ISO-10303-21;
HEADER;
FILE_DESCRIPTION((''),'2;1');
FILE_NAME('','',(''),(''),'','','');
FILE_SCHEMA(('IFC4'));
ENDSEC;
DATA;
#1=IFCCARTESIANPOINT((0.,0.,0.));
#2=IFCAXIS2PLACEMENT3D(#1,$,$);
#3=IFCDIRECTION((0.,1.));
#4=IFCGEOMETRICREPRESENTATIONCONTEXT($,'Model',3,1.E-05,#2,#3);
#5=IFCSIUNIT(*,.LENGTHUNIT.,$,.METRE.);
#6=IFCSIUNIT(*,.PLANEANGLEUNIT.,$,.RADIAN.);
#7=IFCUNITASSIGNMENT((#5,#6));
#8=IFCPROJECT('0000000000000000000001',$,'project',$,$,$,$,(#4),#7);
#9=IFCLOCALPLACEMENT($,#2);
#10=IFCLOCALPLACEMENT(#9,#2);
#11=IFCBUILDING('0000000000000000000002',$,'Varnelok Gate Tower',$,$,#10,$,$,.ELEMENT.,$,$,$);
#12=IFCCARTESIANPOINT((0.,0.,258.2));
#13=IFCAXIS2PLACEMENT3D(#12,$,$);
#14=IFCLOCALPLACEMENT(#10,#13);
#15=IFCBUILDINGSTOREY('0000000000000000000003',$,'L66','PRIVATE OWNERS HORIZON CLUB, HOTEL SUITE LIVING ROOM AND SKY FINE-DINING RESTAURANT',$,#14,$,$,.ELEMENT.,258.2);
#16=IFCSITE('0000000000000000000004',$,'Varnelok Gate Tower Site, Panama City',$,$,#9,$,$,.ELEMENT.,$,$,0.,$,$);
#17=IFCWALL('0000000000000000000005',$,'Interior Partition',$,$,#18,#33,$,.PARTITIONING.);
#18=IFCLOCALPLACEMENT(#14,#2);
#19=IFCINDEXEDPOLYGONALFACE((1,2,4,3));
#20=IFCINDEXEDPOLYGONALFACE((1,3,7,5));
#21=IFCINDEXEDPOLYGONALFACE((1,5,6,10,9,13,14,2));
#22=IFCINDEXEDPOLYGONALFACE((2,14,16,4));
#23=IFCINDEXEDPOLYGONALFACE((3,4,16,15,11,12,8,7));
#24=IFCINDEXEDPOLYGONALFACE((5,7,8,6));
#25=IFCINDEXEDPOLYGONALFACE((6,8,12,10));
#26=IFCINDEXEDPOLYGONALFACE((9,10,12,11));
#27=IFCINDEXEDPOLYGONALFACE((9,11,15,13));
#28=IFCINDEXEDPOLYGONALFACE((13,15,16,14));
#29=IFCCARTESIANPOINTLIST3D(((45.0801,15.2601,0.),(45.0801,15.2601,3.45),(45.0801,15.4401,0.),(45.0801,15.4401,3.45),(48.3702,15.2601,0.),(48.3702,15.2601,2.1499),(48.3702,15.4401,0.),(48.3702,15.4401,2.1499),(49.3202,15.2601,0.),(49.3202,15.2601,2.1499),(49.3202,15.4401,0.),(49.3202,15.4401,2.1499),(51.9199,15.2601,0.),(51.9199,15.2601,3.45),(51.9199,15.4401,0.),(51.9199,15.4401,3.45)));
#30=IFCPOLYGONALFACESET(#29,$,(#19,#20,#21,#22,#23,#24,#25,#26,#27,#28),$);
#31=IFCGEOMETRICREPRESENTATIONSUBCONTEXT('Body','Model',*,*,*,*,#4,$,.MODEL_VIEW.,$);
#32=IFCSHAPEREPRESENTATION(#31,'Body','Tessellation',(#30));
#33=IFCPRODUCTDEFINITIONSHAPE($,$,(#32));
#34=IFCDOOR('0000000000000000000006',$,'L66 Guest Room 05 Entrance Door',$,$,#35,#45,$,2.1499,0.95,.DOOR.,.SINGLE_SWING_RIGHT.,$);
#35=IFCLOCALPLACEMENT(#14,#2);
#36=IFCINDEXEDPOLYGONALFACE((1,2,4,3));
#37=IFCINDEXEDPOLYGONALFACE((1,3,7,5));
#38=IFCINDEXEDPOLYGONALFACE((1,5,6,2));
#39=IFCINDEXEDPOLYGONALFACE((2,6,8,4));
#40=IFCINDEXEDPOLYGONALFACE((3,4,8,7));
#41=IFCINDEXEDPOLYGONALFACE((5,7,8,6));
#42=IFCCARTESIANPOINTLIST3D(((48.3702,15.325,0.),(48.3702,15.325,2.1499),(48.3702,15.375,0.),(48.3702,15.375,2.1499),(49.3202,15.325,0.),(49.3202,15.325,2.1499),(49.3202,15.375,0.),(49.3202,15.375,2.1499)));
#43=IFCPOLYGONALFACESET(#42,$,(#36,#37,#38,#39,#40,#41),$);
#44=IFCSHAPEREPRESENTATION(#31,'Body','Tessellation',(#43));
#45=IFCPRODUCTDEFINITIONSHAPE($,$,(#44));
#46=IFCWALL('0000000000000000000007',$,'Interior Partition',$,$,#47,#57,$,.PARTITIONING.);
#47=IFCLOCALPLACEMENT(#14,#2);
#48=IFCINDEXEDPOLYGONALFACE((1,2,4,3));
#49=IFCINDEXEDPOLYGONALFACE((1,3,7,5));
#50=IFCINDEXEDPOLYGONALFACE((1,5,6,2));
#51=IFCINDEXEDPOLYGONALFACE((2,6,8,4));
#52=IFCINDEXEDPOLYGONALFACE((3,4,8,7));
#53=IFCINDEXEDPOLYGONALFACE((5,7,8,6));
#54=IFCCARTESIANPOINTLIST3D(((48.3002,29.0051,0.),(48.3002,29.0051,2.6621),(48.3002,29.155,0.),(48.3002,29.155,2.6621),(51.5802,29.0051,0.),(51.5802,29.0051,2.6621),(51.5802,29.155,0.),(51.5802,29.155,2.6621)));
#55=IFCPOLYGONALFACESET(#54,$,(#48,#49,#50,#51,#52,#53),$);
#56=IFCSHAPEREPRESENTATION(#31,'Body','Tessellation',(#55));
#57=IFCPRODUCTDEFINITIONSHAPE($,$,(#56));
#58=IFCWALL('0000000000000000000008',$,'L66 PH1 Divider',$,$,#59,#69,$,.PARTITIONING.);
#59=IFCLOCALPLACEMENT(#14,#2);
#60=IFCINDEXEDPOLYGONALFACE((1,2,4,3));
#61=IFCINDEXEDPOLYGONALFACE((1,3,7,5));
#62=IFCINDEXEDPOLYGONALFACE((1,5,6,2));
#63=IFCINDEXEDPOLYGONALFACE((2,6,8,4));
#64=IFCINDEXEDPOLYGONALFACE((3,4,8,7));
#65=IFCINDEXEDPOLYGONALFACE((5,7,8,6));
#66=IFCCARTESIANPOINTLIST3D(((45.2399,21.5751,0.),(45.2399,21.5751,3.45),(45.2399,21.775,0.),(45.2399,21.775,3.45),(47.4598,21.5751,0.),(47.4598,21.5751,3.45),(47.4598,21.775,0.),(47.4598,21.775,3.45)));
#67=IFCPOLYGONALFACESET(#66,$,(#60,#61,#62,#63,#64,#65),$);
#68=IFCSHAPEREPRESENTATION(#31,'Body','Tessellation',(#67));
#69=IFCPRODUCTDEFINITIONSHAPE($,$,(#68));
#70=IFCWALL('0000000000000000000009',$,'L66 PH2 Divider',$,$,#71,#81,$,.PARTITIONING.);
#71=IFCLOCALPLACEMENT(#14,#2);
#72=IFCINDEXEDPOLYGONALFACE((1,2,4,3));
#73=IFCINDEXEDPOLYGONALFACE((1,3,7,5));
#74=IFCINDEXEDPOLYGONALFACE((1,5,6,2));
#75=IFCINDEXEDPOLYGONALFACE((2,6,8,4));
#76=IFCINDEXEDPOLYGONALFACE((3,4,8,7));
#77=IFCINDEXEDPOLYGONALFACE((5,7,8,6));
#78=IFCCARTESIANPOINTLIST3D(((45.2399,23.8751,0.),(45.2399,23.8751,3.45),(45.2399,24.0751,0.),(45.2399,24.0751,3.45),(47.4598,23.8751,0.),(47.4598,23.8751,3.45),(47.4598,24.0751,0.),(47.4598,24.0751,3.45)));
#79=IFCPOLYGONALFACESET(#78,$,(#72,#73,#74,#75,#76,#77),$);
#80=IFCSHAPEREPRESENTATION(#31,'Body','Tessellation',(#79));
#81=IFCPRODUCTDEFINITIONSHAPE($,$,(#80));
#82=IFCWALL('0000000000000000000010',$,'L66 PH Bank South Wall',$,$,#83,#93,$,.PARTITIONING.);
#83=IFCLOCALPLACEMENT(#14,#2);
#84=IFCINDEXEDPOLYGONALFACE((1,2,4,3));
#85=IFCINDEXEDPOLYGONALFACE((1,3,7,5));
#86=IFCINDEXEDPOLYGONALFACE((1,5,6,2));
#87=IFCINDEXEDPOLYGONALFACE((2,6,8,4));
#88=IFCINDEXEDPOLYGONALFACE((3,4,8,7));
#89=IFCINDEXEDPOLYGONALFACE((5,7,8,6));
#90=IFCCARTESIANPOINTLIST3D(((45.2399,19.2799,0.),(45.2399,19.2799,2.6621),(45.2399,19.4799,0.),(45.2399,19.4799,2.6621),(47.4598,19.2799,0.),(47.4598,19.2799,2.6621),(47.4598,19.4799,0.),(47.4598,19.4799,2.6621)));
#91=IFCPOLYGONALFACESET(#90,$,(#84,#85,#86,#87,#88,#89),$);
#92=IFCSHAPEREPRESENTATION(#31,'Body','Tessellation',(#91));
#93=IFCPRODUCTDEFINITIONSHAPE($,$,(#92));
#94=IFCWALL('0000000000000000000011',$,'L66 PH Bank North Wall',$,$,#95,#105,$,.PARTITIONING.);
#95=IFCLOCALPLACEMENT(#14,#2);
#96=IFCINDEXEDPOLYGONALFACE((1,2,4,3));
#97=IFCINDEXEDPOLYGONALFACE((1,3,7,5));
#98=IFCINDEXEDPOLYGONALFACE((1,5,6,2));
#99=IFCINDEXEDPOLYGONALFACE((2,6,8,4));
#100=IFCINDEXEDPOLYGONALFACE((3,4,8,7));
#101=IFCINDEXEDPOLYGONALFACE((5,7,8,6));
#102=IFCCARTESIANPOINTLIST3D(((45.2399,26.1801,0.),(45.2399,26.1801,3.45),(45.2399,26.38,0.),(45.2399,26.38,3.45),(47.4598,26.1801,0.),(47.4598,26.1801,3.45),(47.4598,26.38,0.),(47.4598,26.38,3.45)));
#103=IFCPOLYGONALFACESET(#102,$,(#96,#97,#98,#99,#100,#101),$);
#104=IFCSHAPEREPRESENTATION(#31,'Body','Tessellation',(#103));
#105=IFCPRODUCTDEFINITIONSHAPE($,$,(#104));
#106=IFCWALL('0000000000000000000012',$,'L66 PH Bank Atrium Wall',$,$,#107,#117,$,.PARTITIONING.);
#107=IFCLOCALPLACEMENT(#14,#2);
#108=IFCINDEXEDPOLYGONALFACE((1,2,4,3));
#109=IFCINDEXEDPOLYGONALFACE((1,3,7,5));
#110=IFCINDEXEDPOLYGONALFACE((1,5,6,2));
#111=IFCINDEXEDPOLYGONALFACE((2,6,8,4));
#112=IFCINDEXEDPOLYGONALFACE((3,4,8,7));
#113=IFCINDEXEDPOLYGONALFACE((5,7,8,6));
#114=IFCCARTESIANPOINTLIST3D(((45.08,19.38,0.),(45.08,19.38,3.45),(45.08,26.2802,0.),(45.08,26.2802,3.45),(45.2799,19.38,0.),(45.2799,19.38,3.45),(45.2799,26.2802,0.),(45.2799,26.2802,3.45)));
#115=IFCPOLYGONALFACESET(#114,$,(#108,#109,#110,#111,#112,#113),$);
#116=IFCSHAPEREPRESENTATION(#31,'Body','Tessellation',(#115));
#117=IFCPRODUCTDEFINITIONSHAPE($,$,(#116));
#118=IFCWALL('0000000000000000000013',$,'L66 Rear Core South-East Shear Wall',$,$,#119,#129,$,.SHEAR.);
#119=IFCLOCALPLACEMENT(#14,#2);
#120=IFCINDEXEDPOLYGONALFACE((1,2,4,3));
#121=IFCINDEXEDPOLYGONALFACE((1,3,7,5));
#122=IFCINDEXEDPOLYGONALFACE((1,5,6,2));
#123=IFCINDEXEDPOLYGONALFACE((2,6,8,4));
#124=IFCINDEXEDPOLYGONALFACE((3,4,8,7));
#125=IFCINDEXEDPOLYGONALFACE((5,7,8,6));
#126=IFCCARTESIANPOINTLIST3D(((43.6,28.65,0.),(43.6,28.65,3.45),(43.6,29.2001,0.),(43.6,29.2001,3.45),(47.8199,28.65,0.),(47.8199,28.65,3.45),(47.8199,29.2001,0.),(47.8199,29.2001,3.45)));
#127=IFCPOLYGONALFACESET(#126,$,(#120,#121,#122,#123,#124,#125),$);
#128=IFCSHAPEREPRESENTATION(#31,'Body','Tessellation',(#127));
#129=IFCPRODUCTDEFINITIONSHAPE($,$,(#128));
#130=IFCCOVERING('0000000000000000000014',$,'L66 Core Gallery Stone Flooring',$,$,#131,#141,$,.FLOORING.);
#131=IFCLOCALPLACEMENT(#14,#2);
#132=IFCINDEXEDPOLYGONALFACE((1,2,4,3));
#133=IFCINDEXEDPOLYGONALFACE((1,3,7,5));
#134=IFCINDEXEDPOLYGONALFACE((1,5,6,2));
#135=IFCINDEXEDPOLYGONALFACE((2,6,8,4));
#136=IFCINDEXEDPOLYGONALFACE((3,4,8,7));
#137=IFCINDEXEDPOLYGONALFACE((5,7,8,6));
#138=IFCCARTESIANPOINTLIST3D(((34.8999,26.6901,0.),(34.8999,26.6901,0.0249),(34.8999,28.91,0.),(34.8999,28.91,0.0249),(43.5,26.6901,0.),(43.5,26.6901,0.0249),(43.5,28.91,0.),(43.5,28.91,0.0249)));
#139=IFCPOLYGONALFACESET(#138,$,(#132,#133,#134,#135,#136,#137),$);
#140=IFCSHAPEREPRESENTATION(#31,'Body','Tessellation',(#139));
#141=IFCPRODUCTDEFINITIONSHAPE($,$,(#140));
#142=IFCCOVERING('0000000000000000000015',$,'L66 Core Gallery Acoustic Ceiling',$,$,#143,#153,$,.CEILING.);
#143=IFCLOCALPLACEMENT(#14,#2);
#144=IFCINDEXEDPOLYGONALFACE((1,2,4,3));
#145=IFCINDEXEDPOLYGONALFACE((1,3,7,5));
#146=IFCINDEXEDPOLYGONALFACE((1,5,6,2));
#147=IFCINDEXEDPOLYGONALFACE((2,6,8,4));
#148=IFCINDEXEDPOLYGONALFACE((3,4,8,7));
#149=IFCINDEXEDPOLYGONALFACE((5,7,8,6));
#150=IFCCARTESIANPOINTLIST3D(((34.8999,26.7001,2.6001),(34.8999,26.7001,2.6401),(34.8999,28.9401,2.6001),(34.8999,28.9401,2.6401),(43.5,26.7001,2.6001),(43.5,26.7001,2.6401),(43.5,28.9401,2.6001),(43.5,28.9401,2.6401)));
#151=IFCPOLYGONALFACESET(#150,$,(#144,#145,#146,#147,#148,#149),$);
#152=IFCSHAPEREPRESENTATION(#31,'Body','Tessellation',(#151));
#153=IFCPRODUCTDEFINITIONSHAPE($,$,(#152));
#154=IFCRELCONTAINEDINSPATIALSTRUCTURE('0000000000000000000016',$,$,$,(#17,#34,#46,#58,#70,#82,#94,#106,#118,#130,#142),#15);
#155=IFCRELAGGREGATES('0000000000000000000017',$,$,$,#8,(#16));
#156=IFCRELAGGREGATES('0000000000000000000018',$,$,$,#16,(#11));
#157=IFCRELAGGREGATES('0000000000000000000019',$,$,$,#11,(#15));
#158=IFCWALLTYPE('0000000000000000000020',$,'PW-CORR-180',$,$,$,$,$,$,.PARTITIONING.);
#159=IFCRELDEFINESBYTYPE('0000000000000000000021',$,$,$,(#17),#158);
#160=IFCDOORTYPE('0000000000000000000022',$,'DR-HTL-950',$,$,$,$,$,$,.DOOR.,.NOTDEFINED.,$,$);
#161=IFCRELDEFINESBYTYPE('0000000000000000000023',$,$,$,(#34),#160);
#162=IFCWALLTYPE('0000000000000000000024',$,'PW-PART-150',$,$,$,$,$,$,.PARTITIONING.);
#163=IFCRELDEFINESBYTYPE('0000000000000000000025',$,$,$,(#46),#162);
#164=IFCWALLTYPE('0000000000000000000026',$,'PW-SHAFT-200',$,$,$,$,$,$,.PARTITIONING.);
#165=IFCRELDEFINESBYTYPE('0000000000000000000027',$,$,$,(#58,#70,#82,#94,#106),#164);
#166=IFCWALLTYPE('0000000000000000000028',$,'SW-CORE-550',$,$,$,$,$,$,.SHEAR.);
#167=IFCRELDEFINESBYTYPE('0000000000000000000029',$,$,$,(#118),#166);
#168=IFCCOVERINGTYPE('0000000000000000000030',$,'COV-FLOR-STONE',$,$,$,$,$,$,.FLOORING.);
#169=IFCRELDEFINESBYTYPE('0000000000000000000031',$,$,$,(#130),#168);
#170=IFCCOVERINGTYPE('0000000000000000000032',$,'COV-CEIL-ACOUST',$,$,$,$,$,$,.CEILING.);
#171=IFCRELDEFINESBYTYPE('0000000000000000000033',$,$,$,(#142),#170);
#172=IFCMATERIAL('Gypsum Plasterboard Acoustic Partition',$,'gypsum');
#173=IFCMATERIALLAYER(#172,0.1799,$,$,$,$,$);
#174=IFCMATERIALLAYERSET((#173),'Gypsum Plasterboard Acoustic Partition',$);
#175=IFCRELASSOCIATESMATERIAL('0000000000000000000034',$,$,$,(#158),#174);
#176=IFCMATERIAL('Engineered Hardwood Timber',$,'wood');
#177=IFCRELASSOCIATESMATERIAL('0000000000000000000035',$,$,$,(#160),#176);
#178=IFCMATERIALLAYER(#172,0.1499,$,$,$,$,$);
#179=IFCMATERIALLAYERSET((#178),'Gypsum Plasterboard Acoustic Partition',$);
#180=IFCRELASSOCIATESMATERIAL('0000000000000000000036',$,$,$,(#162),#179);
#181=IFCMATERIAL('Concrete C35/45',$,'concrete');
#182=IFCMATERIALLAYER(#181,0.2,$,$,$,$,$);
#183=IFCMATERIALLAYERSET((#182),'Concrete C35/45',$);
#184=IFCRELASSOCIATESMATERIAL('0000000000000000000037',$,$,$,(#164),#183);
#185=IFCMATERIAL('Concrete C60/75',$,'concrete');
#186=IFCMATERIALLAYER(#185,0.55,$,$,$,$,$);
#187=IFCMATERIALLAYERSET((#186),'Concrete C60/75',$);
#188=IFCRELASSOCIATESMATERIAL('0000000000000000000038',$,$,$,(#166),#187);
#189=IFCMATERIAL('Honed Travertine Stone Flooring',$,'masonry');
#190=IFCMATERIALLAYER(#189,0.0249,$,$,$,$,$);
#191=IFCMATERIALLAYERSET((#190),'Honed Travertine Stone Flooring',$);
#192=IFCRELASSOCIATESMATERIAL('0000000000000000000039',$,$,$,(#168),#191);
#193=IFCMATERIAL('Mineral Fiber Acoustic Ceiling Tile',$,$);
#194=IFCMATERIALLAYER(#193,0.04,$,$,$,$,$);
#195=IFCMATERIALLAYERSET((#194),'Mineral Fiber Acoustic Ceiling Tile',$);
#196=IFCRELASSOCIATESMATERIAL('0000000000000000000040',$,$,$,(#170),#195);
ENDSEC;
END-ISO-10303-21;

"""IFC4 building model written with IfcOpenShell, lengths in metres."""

from ifc_helpers import new_model, si_unit, direction, frame, frame_2d, origin, origin_2d, place, context, subcontext, project, spatial, rectangle, extrude, source, transform, mapped, material, layer, layer_set, type_object, element, fill, save


model = new_model("IFC4")

# Units and contexts
model_context = context("Model", 3, precision=1e-05, world=origin(), true_north=direction((0.0, 1.0)))
body_context = subcontext(model_context, "Body", "Model", "MODEL_VIEW")
ifc_project = project(units=[si_unit("LENGTHUNIT", "METRE"), si_unit("PLANEANGLEUNIT", "RADIAN")], contexts=[model_context])

# Site, building, storey
site_placement = place(None, origin())
site = spatial("IfcSite", under=ifc_project, at=site_placement, Name="Varnelok Gate Tower Site, Panama City", CompositionType="ELEMENT", RefElevation=0.0)
building_placement = place(site_placement, origin())
building = spatial("IfcBuilding", under=site, at=building_placement, Name="Varnelok Gate Tower", CompositionType="ELEMENT")
storey_placement = place(building_placement, frame((0.0, 0.0, 258.2)))
storey = spatial("IfcBuildingStorey", under=building, at=storey_placement, Name="L66", Description="PRIVATE OWNERS HORIZON CLUB, HOTEL SUITE LIVING ROOM AND SKY FINE-DINING RESTAURANT", CompositionType="ELEMENT", Elevation=258.2)

# Wall, opening, door
ifc_material_1 = material(Name="Gypsum Plasterboard Acoustic Partition", Category="gypsum")
ifc_layer_1 = layer(ifc_material_1, 0.1799)
ifc_layer_set_1 = layer_set([ifc_layer_1], Name="Gypsum Plasterboard Acoustic Partition")
wall_type_1 = type_object("IfcWallType", Name="PW-CORR-180", PredefinedType="PARTITIONING", material=ifc_layer_set_1)
wall_1_placement = place(storey_placement, frame((45.0801, 15.3501, 0.0), z_axis=(0.0, 0.0, 1.0), x_axis=(1.0, 0.0, 0.0)))
wall_1 = element("IfcWall", 1, at=wall_1_placement, inside=storey, type_object=wall_type_1, Name="Interior Partition", PredefinedType="PARTITIONING", context=body_context, shape_type="SweptSolid", body=[
    extrude(rectangle(XDim=6.8398, YDim=0.1799, at=frame_2d((3.4199, 0.0))), origin(), (0.0, 0.0, 1.0), 3.45),
])
opening_1_placement = place(wall_1_placement, frame((3.29, 0.0, 0.0)))
opening_1 = element("IfcOpeningElement", 2, at=opening_1_placement, cuts=wall_1, PredefinedType="OPENING", context=body_context, shape_type="SweptSolid", body=[
    extrude(rectangle(XDim=0.95, YDim=2.1499, at=frame_2d((0.4751, 1.075))), frame((0.0, 0.0999, 0.0), z_axis=(0.0, -1.0, 0.0), x_axis=(1.0, 0.0, 0.0)), (0.0, 0.0, 1.0), 0.2),
])
ifc_material_2 = material(Name="Engineered Hardwood Timber", Category="wood")
door_type_1 = type_object("IfcDoorType", Name="DR-HTL-950", OperationType="NOTDEFINED", PredefinedType="DOOR", material=ifc_material_2)
door_1_placement = place(opening_1_placement, origin())
door_1 = element("IfcDoor", 3, at=door_1_placement, inside=storey, type_object=door_type_1, Name="L66 Guest Room 05 Entrance Door", OperationType="SINGLE_SWING_RIGHT", OverallHeight=2.1499, OverallWidth=0.95, PredefinedType="DOOR", context=body_context, shape_type="SweptSolid", body=[
    extrude(rectangle(XDim=0.95, YDim=2.1499, at=frame_2d((0.4751, 1.075))), frame((0.0, 0.0249, 0.0), z_axis=(0.0, -1.0, 0.0), x_axis=(1.0, 0.0, 0.0)), (0.0, 0.0, 1.0), 0.05),
])
fill(opening_1, door_1)

# Walls
ifc_layer_2 = layer(ifc_material_1, 0.1499)
ifc_layer_set_2 = layer_set([ifc_layer_2], Name="Gypsum Plasterboard Acoustic Partition")
wall_type_2 = type_object("IfcWallType", Name="PW-PART-150", PredefinedType="PARTITIONING", material=ifc_layer_set_2)
wall_2_placement = place(storey_placement, frame((48.3, 29.0801, 0.0), z_axis=(0.0, 0.0, 1.0), x_axis=(1.0, 0.0, 0.0)))
element("IfcWall", 4, at=wall_2_placement, inside=storey, type_object=wall_type_2, Name="Interior Partition", PredefinedType="PARTITIONING", context=body_context, shape_type="SweptSolid", body=[
    extrude(rectangle(XDim=3.28, YDim=0.1499, at=frame_2d((1.6401, 0.0))), origin(), (0.0, 0.0, 1.0), 2.6621),
])
ifc_material_3 = material(Name="Concrete C35/45", Category="concrete")
ifc_layer_3 = layer(ifc_material_3, 0.2)
ifc_layer_set_3 = layer_set([ifc_layer_3], Name="Concrete C35/45")
wall_type_3 = type_object("IfcWallType", Name="PW-SHAFT-200", PredefinedType="PARTITIONING", material=ifc_layer_set_3)
for number, where, z_axis, x_axis, name in (
    (5, (45.24, 21.675, 0.0), (0.0, 0.0, 1.0), (1.0, 0.0, 0.0), "L66 PH1 Divider"),
    (6, (45.24, 23.9751, 0.0), (0.0, 0.0, 1.0), (1.0, 0.0, 0.0), "L66 PH2 Divider"),
):
    element("IfcWall", number, at=place(storey_placement, frame(where, z_axis=z_axis, x_axis=x_axis)), inside=storey, type_object=wall_type_3, Name=name, PredefinedType="PARTITIONING", context=body_context, shape_type="SweptSolid", body=[
        extrude(rectangle(XDim=2.22, YDim=0.2, at=frame_2d((1.1099, 0.0))), origin(), (0.0, 0.0, 1.0), 3.45),
    ])
wall_3_placement = place(storey_placement, frame((45.24, 19.3799, 0.0), z_axis=(0.0, 0.0, 1.0), x_axis=(1.0, 0.0, 0.0)))
element("IfcWall", 7, at=wall_3_placement, inside=storey, type_object=wall_type_3, Name="L66 PH Bank South Wall", PredefinedType="PARTITIONING", context=body_context, shape_type="SweptSolid", body=[
    extrude(rectangle(XDim=2.22, YDim=0.2, at=frame_2d((1.1099, 0.0))), origin(), (0.0, 0.0, 1.0), 2.6621),
])
wall_4_placement = place(storey_placement, frame((45.24, 26.28, 0.0), z_axis=(0.0, 0.0, 1.0), x_axis=(1.0, 0.0, 0.0)))
element("IfcWall", 8, at=wall_4_placement, inside=storey, type_object=wall_type_3, Name="L66 PH Bank North Wall", PredefinedType="PARTITIONING", context=body_context, shape_type="SweptSolid", body=[
    extrude(rectangle(XDim=2.22, YDim=0.2, at=frame_2d((1.1099, 0.0))), origin(), (0.0, 0.0, 1.0), 3.45),
])
wall_5_placement = place(storey_placement, frame((45.1799, 19.3799, 0.0), z_axis=(0.0, 0.0, 1.0), x_axis=(0.0, 1.0, 0.0)))
element("IfcWall", 9, at=wall_5_placement, inside=storey, type_object=wall_type_3, Name="L66 PH Bank Atrium Wall", PredefinedType="PARTITIONING", context=body_context, shape_type="SweptSolid", body=[
    extrude(rectangle(XDim=6.9001, YDim=0.2, at=frame_2d((3.4502, 0.0))), origin(), (0.0, 0.0, 1.0), 3.45),
])

# Wall
ifc_material_4 = material(Name="Concrete C60/75", Category="concrete")
ifc_layer_4 = layer(ifc_material_4, 0.55)
ifc_layer_set_4 = layer_set([ifc_layer_4], Name="Concrete C60/75")
wall_type_4 = type_object("IfcWallType", Name="SW-CORE-550", PredefinedType="SHEAR", material=ifc_layer_set_4)
wall_6_placement = place(storey_placement, frame((43.6001, 28.925, 0.0), z_axis=(0.0, 0.0, 1.0), x_axis=(1.0, 0.0, 0.0)))
element("IfcWall", 10, at=wall_6_placement, inside=storey, type_object=wall_type_4, Name="L66 Rear Core South-East Shear Wall", PredefinedType="SHEAR", context=body_context, shape_type="SweptSolid", body=[
    extrude(rectangle(XDim=4.22, YDim=0.55, at=frame_2d((2.1099, 0.0))), origin(), (0.0, 0.0, 1.0), 3.45),
])

# Coverings
ifc_material_5 = material(Name="Honed Travertine Stone Flooring", Category="masonry")
ifc_layer_5 = layer(ifc_material_5, 0.0249)
ifc_layer_set_5 = layer_set([ifc_layer_5], Name="Honed Travertine Stone Flooring")
covering_type_1 = type_object("IfcCoveringType", Name="COV-FLOR-STONE", PredefinedType="FLOORING", material=ifc_layer_set_5)
shared_shape_1 = source(origin(), body_context, "Body", "SweptSolid", [
    extrude(rectangle(XDim=8.6001, YDim=2.22, at=origin_2d()), origin(), (0.0, 0.0, 1.0), 0.0249),
])
covering_1_placement = place(storey_placement, frame((39.2, 27.8, 0.0), z_axis=(0.0, 0.0, 1.0), x_axis=(1.0, 0.0, 0.0)))
element("IfcCovering", 11, at=covering_1_placement, inside=storey, type_object=covering_type_1, Name="L66 Core Gallery Stone Flooring", PredefinedType="FLOORING", context=body_context, shape_type="MappedRepresentation", body=[
    mapped(shared_shape_1, transform((0.0, 0.0, 0.0), scale=1.0)),
])
ifc_material_6 = material(Name="Mineral Fiber Acoustic Ceiling Tile")
ifc_layer_6 = layer(ifc_material_6, 0.04)
ifc_layer_set_6 = layer_set([ifc_layer_6], Name="Mineral Fiber Acoustic Ceiling Tile")
covering_type_2 = type_object("IfcCoveringType", Name="COV-CEIL-ACOUST", PredefinedType="CEILING", material=ifc_layer_set_6)
shared_shape_2 = source(origin(), body_context, "Body", "SweptSolid", [
    extrude(rectangle(XDim=8.6001, YDim=2.24, at=origin_2d()), origin(), (0.0, 0.0, 1.0), 0.04),
])
covering_2_placement = place(storey_placement, frame((39.2, 27.8201, 2.6001), z_axis=(0.0, 0.0, 1.0), x_axis=(1.0, 0.0, 0.0)))
element("IfcCovering", 12, at=covering_2_placement, inside=storey, type_object=covering_type_2, Name="L66 Core Gallery Acoustic Ceiling", PredefinedType="CEILING", context=body_context, shape_type="MappedRepresentation", body=[
    mapped(shared_shape_2, transform((0.0, 0.0, 0.0), scale=1.0)),
])

save(model, "model.ifc")
